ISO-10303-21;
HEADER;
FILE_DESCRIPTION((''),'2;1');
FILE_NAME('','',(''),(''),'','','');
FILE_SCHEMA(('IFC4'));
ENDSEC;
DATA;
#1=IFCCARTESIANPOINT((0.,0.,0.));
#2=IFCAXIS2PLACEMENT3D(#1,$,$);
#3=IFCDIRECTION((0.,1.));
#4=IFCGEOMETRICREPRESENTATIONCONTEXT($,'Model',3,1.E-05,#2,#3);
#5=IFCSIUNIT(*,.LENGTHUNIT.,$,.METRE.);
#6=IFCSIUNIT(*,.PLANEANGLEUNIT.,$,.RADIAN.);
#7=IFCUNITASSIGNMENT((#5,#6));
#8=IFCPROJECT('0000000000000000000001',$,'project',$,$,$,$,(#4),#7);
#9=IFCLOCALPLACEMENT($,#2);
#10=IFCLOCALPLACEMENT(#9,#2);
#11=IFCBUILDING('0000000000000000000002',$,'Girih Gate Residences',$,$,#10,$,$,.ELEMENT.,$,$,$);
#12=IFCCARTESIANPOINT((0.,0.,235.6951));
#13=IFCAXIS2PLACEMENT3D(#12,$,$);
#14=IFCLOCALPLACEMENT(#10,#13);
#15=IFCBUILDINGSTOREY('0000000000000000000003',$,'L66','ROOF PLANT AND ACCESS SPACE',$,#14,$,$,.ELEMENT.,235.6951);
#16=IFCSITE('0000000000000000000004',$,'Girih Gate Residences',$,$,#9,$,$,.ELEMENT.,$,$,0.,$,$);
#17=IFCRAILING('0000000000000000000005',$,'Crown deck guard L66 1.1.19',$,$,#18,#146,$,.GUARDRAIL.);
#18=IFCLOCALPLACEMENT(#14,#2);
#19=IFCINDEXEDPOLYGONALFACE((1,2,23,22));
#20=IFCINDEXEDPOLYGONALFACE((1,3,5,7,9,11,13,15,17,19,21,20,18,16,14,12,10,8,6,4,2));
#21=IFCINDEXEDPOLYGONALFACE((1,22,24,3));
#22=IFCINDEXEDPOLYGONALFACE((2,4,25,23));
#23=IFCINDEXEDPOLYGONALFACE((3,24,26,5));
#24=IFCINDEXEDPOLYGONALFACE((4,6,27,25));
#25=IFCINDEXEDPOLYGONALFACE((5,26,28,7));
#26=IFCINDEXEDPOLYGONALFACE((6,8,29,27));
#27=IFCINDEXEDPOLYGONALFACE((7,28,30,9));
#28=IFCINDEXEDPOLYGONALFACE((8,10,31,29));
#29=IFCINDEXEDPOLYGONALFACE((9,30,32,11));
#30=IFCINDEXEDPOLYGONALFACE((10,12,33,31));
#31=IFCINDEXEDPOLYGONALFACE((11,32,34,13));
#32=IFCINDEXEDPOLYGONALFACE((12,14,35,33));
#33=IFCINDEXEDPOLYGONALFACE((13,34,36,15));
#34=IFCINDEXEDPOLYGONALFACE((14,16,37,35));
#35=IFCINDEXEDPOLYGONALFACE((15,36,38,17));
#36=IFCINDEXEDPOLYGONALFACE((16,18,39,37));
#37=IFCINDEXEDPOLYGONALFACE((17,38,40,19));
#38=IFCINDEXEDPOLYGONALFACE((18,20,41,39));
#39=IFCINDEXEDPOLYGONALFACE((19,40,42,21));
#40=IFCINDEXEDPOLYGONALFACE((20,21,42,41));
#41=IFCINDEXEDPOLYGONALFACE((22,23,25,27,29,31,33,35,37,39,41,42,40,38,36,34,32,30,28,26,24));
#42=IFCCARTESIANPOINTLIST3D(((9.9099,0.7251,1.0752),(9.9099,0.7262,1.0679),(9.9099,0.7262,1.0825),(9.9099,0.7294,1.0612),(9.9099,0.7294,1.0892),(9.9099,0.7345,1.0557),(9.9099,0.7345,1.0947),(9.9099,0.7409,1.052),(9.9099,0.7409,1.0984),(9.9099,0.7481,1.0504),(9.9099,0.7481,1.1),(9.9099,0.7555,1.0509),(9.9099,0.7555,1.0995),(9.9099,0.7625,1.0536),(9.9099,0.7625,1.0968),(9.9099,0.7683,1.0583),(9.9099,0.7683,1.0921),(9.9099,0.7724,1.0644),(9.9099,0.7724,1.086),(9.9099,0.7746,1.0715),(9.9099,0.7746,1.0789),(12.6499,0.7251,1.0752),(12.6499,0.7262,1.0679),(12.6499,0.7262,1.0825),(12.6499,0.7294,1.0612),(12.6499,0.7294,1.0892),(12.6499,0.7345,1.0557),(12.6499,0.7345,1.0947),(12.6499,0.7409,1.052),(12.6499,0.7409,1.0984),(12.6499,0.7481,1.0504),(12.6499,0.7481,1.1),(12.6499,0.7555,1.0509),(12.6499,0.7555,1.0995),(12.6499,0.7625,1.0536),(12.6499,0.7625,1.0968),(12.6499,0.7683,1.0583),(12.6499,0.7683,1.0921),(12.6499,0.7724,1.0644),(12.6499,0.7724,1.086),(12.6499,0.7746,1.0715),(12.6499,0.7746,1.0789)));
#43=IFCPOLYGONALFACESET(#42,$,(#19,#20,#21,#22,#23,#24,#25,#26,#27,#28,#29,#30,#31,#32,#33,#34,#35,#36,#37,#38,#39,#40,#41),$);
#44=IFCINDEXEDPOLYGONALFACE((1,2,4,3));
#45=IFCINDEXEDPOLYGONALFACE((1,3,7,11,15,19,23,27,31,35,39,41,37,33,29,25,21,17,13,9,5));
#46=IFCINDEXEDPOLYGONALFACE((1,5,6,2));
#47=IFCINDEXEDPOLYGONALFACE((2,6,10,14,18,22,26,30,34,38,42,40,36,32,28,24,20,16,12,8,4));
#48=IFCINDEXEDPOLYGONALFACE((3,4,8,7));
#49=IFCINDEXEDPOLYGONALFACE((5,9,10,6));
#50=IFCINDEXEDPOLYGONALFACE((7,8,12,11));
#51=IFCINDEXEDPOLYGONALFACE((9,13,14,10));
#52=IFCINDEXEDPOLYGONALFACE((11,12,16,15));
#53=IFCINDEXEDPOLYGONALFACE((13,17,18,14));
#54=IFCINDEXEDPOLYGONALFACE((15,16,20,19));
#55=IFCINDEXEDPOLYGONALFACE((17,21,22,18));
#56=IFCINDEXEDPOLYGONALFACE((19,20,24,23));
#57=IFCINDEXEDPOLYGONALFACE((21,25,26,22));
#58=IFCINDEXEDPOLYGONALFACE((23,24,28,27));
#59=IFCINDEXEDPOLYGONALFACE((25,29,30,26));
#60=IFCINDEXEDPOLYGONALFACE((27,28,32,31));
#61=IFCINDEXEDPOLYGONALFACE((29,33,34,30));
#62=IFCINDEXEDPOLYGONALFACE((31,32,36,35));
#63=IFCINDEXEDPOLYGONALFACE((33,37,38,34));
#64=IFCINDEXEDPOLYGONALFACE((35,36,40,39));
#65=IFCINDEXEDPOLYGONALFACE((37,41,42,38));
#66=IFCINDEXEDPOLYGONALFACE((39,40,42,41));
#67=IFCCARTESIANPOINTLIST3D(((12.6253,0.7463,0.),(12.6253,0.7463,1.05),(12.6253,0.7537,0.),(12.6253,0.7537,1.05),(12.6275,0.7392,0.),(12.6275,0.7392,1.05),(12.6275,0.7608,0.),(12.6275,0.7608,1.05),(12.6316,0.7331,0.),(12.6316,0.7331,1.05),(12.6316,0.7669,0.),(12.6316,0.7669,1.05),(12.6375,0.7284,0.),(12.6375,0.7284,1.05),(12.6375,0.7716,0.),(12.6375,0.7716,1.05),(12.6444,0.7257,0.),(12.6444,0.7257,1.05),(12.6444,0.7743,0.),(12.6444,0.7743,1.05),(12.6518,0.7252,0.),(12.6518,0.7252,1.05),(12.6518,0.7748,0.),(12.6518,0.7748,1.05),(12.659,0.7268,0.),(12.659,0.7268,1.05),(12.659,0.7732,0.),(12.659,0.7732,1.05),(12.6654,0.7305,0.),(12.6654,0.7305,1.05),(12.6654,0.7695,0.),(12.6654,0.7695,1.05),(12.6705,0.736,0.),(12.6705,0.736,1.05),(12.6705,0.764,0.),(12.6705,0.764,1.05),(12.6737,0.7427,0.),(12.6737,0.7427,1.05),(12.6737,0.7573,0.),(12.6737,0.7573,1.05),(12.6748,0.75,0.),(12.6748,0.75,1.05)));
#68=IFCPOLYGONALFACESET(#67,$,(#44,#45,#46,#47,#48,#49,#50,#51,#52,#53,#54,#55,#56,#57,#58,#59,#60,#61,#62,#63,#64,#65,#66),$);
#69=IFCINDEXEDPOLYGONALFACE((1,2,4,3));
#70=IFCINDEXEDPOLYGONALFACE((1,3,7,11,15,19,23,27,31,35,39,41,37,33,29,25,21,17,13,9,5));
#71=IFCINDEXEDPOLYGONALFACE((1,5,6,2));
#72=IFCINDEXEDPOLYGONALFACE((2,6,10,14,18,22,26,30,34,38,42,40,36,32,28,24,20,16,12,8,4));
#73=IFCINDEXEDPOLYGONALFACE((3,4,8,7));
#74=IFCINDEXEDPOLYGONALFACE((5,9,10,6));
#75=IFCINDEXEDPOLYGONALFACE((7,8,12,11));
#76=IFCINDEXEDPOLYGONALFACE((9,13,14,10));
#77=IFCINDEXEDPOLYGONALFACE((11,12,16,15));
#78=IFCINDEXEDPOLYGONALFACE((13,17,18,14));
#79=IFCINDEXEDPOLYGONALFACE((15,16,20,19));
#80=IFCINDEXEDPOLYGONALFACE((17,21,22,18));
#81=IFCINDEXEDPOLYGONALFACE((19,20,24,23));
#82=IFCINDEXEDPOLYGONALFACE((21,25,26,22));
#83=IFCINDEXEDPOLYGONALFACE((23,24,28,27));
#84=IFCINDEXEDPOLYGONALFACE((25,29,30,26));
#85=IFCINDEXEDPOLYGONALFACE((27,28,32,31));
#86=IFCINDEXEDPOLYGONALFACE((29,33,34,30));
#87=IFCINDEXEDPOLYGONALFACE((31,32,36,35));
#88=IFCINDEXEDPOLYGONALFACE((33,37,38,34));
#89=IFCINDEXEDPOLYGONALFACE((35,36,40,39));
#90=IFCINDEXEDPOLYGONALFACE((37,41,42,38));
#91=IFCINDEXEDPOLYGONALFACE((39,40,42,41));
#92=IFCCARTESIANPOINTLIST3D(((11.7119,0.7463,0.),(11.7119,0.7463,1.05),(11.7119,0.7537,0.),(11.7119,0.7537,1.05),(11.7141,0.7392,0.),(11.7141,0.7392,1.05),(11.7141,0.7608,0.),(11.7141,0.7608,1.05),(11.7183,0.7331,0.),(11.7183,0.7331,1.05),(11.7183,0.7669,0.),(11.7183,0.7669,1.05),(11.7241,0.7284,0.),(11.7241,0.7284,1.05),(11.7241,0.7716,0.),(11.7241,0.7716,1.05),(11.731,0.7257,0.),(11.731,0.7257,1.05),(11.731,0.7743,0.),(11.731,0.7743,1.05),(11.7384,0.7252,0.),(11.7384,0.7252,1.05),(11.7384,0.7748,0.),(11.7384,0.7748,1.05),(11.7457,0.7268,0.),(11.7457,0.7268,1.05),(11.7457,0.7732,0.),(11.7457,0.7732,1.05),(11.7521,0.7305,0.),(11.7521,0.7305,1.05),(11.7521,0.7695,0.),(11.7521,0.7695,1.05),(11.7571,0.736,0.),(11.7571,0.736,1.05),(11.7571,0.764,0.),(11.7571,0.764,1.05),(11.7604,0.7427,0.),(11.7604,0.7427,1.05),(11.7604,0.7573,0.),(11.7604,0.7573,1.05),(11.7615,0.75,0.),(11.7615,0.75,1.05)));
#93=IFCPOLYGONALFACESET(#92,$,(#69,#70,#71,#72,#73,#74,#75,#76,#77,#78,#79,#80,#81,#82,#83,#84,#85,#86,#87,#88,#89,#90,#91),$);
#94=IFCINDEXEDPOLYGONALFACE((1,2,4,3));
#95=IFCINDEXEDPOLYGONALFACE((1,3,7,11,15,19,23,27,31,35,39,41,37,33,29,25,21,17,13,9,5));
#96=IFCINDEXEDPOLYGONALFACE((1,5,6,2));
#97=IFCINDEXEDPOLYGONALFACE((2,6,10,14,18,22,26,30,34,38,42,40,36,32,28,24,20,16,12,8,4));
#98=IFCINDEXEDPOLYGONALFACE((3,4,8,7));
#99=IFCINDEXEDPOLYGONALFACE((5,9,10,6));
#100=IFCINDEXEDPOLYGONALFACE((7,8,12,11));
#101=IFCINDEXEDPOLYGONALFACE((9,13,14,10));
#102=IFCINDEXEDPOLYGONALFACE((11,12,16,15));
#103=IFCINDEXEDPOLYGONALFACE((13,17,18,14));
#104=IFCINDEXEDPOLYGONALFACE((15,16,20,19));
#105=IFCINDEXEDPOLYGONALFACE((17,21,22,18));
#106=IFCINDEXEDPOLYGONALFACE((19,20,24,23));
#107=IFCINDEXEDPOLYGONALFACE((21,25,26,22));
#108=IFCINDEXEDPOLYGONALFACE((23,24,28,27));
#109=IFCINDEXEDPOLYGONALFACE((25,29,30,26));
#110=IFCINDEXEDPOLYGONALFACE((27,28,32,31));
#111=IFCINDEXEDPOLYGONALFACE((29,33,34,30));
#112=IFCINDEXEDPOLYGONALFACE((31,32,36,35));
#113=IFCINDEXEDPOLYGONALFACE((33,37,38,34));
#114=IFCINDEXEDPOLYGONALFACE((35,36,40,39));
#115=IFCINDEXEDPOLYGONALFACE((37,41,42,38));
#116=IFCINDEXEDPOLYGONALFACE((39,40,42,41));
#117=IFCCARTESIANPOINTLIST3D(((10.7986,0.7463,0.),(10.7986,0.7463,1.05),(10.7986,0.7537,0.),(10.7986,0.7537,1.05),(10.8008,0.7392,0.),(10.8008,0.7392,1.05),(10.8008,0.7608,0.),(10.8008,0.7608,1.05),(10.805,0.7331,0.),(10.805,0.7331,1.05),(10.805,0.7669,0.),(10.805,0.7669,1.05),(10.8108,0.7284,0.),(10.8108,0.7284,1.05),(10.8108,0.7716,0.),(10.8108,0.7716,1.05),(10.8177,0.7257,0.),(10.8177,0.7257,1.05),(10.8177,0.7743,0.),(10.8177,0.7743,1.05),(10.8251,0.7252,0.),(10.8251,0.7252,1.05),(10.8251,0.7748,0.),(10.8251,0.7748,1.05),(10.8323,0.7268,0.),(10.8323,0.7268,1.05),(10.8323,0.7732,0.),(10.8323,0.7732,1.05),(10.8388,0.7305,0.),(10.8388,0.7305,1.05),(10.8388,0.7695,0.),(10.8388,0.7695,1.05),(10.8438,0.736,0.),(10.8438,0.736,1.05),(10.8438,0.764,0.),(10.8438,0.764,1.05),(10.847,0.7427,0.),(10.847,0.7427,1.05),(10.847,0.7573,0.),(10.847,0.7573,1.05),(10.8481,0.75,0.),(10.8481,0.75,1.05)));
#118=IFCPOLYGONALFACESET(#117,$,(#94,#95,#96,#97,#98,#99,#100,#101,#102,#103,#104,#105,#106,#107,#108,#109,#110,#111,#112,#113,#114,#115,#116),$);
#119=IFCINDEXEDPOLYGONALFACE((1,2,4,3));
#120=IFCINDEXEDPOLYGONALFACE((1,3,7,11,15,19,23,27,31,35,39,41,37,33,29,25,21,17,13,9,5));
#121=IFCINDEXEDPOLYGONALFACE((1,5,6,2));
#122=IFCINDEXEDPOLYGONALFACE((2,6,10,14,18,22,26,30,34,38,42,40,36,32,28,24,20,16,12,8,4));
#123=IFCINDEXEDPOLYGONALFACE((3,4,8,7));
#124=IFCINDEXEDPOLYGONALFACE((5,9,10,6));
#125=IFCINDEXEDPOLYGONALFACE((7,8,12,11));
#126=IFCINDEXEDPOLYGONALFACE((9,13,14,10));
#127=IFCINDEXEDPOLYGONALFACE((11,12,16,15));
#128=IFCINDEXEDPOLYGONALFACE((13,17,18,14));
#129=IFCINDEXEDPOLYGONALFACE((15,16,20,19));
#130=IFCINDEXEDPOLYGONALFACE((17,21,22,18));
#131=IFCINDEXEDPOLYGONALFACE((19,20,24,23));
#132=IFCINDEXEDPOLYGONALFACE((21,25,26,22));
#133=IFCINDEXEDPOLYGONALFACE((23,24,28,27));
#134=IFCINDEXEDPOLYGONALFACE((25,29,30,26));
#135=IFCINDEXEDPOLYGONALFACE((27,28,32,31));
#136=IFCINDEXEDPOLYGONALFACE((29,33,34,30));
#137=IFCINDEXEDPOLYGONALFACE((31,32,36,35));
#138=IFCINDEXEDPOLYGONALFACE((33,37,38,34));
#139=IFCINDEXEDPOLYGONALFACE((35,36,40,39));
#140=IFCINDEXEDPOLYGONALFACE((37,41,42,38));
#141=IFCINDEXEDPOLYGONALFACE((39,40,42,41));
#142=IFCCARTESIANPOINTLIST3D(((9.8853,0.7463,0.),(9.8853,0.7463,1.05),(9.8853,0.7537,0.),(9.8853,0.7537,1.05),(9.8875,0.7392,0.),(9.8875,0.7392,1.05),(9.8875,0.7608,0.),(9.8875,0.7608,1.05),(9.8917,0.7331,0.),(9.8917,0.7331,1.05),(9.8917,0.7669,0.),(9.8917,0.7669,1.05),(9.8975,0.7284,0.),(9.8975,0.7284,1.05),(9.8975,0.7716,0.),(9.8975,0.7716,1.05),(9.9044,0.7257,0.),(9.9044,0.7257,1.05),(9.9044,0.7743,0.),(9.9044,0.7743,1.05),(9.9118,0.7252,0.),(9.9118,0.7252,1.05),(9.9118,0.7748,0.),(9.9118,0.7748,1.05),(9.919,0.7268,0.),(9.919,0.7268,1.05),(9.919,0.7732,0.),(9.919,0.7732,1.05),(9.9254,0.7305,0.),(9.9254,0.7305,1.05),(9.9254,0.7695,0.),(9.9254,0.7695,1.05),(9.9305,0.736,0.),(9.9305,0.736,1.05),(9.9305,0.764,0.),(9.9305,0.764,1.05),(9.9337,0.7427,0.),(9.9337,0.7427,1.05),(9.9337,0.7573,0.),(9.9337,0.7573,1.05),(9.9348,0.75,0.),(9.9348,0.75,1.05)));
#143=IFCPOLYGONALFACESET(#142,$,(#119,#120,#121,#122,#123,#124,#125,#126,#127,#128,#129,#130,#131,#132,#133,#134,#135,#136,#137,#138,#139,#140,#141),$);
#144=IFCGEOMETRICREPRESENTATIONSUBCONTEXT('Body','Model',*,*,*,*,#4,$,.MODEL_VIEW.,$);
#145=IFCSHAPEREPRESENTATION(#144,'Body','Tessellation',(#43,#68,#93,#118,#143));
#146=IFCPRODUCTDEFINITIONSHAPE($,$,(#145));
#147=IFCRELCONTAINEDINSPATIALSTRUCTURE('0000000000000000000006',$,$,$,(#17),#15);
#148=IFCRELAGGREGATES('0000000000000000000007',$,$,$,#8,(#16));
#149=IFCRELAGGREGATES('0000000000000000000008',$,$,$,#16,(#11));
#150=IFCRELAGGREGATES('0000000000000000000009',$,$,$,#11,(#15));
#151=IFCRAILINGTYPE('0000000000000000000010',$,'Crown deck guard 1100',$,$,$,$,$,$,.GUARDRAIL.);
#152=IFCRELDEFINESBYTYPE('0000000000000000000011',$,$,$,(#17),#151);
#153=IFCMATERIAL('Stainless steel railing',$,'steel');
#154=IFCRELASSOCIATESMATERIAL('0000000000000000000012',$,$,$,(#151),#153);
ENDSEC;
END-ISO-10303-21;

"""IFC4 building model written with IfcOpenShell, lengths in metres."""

from ifc_helpers import new_model, si_unit, direction, frame, origin, origin_2d, place, context, subcontext, project, spatial, circle, extrude, material, type_object, element, save


model = new_model("IFC4")

# Units and contexts
model_context = context("Model", 3, precision=1e-05, world=origin(), true_north=direction((0.0, 1.0)))
body_context = subcontext(model_context, "Body", "Model", "MODEL_VIEW")
ifc_project = project(units=[si_unit("LENGTHUNIT", "METRE"), si_unit("PLANEANGLEUNIT", "RADIAN")], contexts=[model_context])

# Site, building, storey
site_placement = place(None, origin())
site = spatial("IfcSite", under=ifc_project, at=site_placement, Name="Girih Gate Residences", CompositionType="ELEMENT", RefElevation=0.0)
building_placement = place(site_placement, origin())
building = spatial("IfcBuilding", under=site, at=building_placement, Name="Girih Gate Residences", CompositionType="ELEMENT")
storey_placement = place(building_placement, frame((0.0, 0.0, 235.6951)))
storey = spatial("IfcBuildingStorey", under=building, at=storey_placement, Name="L66", Description="ROOF PLANT AND ACCESS SPACE", CompositionType="ELEMENT", Elevation=235.6951)

# Railing
ifc_material_1 = material(Name="Stainless steel railing", Category="steel")
railing_type = type_object("IfcRailingType", Name="Crown deck guard 1100", PredefinedType="GUARDRAIL", material=ifc_material_1)
railing_1_placement = place(storey_placement, frame((12.6499, 0.75, 0.0)))
element("IfcRailing", 1, at=railing_1_placement, inside=storey, type_object=railing_type, Name="Crown deck guard L66 1.1.19", PredefinedType="GUARDRAIL", context=body_context, shape_type="SweptSolid", body=[
    extrude(circle(Radius=0.0249, at=origin_2d()), frame((0.0, 0.0, 1.0752), z_axis=(-1.0, 0.0, 0.0), x_axis=(0.0, -1.0, 0.0)), (0.0, 0.0, 1.0), 2.74),
    extrude(circle(Radius=0.0249, at=origin_2d()), origin(), (0.0, 0.0, 1.0), 1.05),
    extrude(circle(Radius=0.0249, at=origin_2d()), frame((-0.9133, 0.0, 0.0)), (0.0, 0.0, 1.0), 1.05),
    extrude(circle(Radius=0.0249, at=origin_2d()), frame((-1.8267, 0.0, 0.0)), (0.0, 0.0, 1.0), 1.05),
    extrude(circle(Radius=0.0249, at=origin_2d()), frame((-2.74, 0.0, 0.0)), (0.0, 0.0, 1.0), 1.05),
])

save(model, "model.ifc")
